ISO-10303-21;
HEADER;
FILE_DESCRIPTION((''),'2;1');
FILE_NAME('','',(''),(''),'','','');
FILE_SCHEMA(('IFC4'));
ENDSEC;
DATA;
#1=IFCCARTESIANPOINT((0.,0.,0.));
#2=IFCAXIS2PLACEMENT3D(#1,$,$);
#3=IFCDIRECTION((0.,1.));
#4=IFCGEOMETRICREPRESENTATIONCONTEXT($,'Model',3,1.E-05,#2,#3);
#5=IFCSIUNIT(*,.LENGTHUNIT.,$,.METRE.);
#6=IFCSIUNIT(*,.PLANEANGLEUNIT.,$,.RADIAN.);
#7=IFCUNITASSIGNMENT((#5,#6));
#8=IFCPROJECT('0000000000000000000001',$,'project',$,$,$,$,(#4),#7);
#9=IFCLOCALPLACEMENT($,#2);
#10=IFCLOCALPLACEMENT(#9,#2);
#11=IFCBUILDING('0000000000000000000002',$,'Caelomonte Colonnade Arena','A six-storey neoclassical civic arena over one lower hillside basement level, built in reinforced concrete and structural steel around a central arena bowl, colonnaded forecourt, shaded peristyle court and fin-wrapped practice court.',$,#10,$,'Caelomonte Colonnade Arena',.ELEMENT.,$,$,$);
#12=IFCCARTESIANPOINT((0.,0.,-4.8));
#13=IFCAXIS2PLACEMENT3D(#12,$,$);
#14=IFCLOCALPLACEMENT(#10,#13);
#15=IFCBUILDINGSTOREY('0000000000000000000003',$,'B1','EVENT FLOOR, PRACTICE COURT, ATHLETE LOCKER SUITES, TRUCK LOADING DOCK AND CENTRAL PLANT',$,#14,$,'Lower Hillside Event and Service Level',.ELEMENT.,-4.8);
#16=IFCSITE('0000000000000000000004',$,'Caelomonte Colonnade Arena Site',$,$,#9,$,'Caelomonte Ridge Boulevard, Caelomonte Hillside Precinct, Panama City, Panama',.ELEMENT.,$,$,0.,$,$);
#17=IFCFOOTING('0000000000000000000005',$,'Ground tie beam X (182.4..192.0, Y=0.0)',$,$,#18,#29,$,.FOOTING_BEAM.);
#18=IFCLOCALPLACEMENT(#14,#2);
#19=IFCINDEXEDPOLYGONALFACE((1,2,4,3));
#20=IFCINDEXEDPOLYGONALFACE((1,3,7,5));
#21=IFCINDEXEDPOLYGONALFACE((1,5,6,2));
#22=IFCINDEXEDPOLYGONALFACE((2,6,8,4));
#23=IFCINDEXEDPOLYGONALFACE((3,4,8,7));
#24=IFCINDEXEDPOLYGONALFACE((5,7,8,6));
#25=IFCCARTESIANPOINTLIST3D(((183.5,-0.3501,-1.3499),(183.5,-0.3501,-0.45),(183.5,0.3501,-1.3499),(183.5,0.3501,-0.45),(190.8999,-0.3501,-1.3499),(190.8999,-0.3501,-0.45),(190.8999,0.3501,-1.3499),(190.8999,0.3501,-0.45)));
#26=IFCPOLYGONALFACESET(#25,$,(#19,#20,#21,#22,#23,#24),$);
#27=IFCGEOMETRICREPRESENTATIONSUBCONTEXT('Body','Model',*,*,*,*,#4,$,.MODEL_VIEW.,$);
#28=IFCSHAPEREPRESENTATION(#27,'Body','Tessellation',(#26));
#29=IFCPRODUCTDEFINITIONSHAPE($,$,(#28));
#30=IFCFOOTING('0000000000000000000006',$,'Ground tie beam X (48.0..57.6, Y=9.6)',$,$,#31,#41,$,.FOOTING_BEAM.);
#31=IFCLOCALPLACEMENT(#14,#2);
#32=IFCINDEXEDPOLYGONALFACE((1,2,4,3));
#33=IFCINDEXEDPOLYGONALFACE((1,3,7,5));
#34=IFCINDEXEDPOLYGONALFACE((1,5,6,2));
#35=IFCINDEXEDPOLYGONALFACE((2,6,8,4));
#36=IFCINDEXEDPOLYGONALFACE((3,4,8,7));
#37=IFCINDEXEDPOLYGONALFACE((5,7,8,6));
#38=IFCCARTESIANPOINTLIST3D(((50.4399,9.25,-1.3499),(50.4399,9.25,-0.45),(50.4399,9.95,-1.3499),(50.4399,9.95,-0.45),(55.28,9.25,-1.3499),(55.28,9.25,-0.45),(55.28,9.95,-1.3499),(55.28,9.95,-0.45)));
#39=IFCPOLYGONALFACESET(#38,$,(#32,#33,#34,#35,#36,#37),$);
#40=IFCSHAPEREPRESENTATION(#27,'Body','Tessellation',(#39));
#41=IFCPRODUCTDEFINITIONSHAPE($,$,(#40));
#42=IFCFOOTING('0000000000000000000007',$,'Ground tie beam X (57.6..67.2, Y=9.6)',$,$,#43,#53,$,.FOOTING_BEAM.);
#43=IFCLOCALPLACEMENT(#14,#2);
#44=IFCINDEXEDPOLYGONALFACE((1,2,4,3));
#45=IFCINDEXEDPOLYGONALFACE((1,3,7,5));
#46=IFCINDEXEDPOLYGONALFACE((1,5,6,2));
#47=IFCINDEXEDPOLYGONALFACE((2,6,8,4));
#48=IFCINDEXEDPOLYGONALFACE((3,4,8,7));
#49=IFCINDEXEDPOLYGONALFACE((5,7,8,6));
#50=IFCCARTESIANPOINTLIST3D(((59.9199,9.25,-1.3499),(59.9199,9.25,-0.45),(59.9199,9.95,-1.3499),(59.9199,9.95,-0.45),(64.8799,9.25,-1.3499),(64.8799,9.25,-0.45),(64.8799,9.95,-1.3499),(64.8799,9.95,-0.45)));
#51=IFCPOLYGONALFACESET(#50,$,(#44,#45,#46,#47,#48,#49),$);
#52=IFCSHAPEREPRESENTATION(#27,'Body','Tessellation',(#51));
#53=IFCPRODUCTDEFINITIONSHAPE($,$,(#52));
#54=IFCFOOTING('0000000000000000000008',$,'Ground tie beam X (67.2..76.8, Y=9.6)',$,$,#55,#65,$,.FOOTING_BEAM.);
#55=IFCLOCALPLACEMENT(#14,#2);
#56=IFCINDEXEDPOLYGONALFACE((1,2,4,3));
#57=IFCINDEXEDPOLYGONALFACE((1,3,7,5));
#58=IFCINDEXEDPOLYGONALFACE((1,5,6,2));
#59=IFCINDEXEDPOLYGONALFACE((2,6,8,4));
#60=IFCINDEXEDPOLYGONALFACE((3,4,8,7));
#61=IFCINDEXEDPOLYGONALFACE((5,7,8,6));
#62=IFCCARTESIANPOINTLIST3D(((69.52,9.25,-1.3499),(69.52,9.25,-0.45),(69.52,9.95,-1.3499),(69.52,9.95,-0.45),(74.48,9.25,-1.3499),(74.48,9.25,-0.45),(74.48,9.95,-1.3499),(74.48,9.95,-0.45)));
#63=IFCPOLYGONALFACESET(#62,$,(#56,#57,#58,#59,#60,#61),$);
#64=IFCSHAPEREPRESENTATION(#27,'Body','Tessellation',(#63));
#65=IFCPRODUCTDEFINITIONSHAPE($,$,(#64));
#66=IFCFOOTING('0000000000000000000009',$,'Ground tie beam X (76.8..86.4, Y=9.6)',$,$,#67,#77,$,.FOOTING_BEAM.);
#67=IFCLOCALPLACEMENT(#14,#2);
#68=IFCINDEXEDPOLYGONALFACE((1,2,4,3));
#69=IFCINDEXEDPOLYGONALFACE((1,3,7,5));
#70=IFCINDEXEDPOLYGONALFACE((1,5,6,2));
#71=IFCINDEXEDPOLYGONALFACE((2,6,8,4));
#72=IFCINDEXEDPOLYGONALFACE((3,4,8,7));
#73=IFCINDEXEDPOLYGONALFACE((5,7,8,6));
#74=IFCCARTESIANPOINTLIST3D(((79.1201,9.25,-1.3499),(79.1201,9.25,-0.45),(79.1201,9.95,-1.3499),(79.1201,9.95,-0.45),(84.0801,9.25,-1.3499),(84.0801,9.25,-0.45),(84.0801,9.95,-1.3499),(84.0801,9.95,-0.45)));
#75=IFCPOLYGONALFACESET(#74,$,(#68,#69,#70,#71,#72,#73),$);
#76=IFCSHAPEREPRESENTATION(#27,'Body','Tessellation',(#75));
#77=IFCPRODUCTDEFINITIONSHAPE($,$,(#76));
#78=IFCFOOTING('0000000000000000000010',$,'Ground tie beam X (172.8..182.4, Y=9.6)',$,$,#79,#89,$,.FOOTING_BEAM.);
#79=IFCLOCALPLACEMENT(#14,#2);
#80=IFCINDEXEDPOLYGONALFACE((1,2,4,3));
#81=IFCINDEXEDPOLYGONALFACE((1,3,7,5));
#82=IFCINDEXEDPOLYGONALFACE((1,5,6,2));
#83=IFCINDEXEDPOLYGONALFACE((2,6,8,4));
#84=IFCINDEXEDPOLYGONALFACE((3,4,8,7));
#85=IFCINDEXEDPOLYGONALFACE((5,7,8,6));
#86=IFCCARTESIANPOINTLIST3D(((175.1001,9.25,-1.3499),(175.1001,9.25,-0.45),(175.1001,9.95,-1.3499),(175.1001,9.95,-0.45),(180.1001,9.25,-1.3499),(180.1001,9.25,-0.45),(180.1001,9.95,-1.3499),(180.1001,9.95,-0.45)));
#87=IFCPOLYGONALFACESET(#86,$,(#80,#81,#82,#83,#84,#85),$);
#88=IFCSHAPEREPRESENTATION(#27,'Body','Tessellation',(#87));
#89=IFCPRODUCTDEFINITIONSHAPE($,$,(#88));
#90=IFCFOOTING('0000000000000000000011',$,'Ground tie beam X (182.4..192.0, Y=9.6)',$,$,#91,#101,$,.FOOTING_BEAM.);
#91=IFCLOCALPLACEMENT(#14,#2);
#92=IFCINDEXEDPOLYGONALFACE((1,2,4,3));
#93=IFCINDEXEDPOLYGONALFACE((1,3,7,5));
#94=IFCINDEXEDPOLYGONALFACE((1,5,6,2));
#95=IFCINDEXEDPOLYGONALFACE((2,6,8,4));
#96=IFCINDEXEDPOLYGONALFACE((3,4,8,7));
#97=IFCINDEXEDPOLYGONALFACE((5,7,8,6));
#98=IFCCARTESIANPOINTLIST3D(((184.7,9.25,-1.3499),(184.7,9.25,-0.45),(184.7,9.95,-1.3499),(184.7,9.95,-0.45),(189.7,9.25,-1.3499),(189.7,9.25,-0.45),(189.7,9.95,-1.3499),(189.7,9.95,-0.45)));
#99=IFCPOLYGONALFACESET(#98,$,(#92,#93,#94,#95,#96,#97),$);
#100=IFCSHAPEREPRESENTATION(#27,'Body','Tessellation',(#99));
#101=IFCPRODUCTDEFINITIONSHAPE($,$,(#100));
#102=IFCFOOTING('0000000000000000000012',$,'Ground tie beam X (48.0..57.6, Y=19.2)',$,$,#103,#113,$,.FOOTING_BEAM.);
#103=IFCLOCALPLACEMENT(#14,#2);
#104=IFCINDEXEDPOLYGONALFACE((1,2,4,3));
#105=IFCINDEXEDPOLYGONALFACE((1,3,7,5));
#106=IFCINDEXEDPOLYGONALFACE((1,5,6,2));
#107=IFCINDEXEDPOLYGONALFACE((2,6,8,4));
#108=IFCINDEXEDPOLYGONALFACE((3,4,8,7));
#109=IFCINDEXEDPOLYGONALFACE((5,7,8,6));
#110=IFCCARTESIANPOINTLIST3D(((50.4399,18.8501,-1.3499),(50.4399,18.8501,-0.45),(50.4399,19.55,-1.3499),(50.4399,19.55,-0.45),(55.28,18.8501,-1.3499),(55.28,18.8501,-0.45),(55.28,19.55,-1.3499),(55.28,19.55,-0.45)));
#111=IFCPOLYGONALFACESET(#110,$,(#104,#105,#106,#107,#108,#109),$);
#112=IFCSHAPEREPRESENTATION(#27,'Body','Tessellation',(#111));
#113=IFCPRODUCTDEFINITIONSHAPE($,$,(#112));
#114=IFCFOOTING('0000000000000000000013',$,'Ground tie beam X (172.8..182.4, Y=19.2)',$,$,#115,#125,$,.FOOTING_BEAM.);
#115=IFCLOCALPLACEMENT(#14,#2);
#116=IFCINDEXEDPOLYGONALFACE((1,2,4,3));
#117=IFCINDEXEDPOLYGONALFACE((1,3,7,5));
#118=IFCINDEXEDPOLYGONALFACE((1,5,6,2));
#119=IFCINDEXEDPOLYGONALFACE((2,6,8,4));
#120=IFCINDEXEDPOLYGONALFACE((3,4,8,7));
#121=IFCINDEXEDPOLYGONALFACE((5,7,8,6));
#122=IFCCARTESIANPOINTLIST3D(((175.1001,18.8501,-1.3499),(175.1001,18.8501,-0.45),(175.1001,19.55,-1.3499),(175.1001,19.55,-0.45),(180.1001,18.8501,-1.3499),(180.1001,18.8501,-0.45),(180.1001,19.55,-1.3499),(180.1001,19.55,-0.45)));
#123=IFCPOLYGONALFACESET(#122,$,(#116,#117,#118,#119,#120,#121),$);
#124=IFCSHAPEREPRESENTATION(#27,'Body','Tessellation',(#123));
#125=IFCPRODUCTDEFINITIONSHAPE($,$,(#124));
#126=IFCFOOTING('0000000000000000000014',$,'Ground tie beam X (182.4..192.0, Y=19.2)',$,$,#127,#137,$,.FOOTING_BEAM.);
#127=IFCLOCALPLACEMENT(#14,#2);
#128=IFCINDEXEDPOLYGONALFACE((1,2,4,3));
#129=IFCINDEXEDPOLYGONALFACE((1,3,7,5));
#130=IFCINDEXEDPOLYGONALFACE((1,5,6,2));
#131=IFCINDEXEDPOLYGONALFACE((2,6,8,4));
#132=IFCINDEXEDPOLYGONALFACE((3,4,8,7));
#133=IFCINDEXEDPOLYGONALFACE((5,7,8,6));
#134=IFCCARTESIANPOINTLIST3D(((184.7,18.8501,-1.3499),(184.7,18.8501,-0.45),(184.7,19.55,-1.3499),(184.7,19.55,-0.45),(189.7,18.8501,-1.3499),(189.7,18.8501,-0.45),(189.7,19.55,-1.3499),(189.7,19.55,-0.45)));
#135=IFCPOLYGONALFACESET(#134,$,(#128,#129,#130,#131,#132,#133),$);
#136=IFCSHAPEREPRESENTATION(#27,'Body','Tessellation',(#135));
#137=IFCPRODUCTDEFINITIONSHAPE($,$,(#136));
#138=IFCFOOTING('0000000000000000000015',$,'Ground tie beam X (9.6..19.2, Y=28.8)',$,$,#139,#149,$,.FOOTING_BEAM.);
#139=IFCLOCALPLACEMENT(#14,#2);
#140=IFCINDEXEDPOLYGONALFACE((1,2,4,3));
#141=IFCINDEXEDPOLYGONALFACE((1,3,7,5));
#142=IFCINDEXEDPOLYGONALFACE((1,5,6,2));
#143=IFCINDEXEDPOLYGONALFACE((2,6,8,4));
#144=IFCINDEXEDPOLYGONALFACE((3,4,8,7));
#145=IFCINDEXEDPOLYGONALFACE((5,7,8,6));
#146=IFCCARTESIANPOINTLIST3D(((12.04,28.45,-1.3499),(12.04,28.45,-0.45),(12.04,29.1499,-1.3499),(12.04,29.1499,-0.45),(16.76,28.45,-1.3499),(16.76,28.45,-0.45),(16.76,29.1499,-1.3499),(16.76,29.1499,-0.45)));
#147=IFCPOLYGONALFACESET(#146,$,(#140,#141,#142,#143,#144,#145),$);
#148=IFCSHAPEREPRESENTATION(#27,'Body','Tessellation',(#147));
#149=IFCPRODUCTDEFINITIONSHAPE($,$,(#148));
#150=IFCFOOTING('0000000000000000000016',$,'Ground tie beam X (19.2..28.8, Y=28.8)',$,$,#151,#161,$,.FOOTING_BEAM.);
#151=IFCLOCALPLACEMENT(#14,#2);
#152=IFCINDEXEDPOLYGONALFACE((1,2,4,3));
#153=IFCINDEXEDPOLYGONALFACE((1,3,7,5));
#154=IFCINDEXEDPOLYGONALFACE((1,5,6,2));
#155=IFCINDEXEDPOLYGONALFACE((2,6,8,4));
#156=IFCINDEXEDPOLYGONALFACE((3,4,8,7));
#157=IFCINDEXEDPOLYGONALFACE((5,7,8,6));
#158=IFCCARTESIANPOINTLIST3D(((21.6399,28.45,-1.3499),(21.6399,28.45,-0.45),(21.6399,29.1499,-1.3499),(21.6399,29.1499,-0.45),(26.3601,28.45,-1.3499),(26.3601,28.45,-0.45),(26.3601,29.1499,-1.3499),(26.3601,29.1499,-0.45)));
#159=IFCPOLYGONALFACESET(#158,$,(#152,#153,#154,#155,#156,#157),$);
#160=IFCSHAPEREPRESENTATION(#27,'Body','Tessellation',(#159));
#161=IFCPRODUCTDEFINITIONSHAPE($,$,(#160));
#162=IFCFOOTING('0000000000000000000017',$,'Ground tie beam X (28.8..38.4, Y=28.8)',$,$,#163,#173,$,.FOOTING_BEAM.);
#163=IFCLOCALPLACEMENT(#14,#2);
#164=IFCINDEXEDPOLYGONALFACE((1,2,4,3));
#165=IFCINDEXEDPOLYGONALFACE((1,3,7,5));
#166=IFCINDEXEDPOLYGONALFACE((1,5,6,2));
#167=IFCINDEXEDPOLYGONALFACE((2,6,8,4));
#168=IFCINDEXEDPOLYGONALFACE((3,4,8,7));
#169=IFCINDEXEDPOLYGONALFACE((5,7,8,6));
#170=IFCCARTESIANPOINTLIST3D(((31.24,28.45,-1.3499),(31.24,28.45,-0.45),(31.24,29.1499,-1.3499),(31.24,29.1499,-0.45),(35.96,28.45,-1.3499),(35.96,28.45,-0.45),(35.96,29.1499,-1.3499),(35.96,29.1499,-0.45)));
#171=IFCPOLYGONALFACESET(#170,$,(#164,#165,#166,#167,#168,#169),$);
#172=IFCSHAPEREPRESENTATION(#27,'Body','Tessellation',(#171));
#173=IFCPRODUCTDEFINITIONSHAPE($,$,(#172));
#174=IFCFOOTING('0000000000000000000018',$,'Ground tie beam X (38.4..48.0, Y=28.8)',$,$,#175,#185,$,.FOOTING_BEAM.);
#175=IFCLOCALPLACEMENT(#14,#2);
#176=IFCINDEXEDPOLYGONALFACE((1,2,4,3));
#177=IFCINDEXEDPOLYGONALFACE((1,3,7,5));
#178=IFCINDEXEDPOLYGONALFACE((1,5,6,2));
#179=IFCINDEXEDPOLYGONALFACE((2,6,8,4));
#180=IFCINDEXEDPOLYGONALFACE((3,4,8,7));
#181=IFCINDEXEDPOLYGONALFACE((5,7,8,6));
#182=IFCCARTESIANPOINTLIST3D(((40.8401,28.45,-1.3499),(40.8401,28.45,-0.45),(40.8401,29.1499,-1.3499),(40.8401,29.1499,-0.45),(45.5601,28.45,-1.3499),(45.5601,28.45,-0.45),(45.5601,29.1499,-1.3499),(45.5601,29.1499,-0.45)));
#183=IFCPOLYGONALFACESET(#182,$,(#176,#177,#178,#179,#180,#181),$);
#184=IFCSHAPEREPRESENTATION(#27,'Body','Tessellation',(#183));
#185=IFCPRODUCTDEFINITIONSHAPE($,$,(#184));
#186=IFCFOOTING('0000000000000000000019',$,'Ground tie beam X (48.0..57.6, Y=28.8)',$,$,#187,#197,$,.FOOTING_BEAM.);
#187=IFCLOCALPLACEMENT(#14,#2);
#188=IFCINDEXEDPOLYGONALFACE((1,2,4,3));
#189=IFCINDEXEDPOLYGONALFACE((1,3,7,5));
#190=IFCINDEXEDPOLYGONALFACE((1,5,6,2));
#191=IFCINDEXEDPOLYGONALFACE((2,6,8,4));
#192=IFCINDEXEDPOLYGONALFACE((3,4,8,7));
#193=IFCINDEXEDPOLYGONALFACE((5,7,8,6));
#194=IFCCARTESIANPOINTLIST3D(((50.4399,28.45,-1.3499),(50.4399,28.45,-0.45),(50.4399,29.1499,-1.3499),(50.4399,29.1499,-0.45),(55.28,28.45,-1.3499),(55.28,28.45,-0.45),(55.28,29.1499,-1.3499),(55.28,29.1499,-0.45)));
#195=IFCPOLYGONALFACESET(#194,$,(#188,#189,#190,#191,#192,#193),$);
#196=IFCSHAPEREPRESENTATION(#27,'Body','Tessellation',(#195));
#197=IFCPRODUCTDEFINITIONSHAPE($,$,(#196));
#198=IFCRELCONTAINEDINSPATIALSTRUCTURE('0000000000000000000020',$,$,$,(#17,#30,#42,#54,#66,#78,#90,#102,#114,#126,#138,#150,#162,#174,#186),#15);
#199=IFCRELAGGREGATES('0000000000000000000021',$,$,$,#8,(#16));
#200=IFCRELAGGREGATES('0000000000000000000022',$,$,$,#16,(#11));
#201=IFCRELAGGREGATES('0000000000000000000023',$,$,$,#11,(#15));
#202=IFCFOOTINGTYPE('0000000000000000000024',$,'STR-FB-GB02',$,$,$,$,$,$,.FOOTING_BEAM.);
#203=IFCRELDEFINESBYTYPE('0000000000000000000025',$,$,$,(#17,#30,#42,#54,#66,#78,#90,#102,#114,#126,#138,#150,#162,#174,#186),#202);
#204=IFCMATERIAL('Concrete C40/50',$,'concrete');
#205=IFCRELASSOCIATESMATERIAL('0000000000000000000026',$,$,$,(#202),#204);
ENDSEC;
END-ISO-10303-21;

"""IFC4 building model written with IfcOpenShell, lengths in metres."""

from ifc_helpers import new_model, si_unit, direction, frame, origin, place, context, subcontext, project, spatial, polyline, outline, extrude, material, type_object, element, save


model = new_model("IFC4")

# Units and contexts
model_context = context("Model", 3, precision=1e-05, world=origin(), true_north=direction((0.0, 1.0)))
body_context = subcontext(model_context, "Body", "Model", "MODEL_VIEW")
ifc_project = project(units=[si_unit("LENGTHUNIT", "METRE"), si_unit("PLANEANGLEUNIT", "RADIAN")], contexts=[model_context])

# Site, building, storey
site_placement = place(None, origin())
site = spatial("IfcSite", under=ifc_project, at=site_placement, Name="Caelomonte Colonnade Arena Site", LongName="Caelomonte Ridge Boulevard, Caelomonte Hillside Precinct, Panama City, Panama", CompositionType="ELEMENT", RefElevation=0.0)
building_placement = place(site_placement, origin())
building = spatial("IfcBuilding", under=site, at=building_placement, Name="Caelomonte Colonnade Arena", Description="A six-storey neoclassical civic arena over one lower hillside basement level, built in reinforced concrete and structural steel around a central arena bowl, colonnaded forecourt, shaded peristyle court and fin-wrapped practice court.", LongName="Caelomonte Colonnade Arena", CompositionType="ELEMENT")
storey_placement = place(building_placement, frame((0.0, 0.0, -4.8)))
storey = spatial("IfcBuildingStorey", under=building, at=storey_placement, Name="B1", Description="EVENT FLOOR, PRACTICE COURT, ATHLETE LOCKER SUITES, TRUCK LOADING DOCK AND CENTRAL PLANT", LongName="Lower Hillside Event and Service Level", CompositionType="ELEMENT", Elevation=-4.8)

# Footings
ifc_material = material(Name="Concrete C40/50", Category="concrete")
footing_type = type_object("IfcFootingType", Name="STR-FB-GB02", PredefinedType="FOOTING_BEAM", material=ifc_material)
footing_1_placement = place(storey_placement, frame((0.0, 0.0, -1.3499)))
element("IfcFooting", 1, at=footing_1_placement, inside=storey, type_object=footing_type, Name="Ground tie beam X (182.4..192.0, Y=0.0)", PredefinedType="FOOTING_BEAM", context=body_context, shape_type="SweptSolid", body=[
    extrude(outline(polyline([(183.5, -0.3501), (190.8999, -0.3501), (190.8999, 0.3501), (183.5, 0.3501), (183.5, -0.3501)])), origin(), (0.0, 0.0, 1.0), 0.8999),
])
footing_2_placement = place(storey_placement, frame((0.0, 0.0, -1.3499)))
element("IfcFooting", 2, at=footing_2_placement, inside=storey, type_object=footing_type, Name="Ground tie beam X (48.0..57.6, Y=9.6)", PredefinedType="FOOTING_BEAM", context=body_context, shape_type="SweptSolid", body=[
    extrude(outline(polyline([(50.4399, 9.25), (55.28, 9.25), (55.28, 9.95), (50.4399, 9.95), (50.4399, 9.25)])), origin(), (0.0, 0.0, 1.0), 0.8999),
])
footing_3_placement = place(storey_placement, frame((0.0, 0.0, -1.3499)))
element("IfcFooting", 3, at=footing_3_placement, inside=storey, type_object=footing_type, Name="Ground tie beam X (57.6..67.2, Y=9.6)", PredefinedType="FOOTING_BEAM", context=body_context, shape_type="SweptSolid", body=[
    extrude(outline(polyline([(59.9199, 9.25), (64.8799, 9.25), (64.8799, 9.95), (59.9199, 9.95), (59.9199, 9.25)])), origin(), (0.0, 0.0, 1.0), 0.8999),
])
footing_4_placement = place(storey_placement, frame((0.0, 0.0, -1.3499)))
element("IfcFooting", 4, at=footing_4_placement, inside=storey, type_object=footing_type, Name="Ground tie beam X (67.2..76.8, Y=9.6)", PredefinedType="FOOTING_BEAM", context=body_context, shape_type="SweptSolid", body=[
    extrude(outline(polyline([(69.52, 9.25), (74.48, 9.25), (74.48, 9.95), (69.52, 9.95), (69.52, 9.25)])), origin(), (0.0, 0.0, 1.0), 0.8999),
])
footing_5_placement = place(storey_placement, frame((0.0, 0.0, -1.3499)))
element("IfcFooting", 5, at=footing_5_placement, inside=storey, type_object=footing_type, Name="Ground tie beam X (76.8..86.4, Y=9.6)", PredefinedType="FOOTING_BEAM", context=body_context, shape_type="SweptSolid", body=[
    extrude(outline(polyline([(79.1201, 9.25), (84.0801, 9.25), (84.0801, 9.95), (79.1201, 9.95), (79.1201, 9.25)])), origin(), (0.0, 0.0, 1.0), 0.8999),
])
footing_6_placement = place(storey_placement, frame((0.0, 0.0, -1.3499)))
element("IfcFooting", 6, at=footing_6_placement, inside=storey, type_object=footing_type, Name="Ground tie beam X (172.8..182.4, Y=9.6)", PredefinedType="FOOTING_BEAM", context=body_context, shape_type="SweptSolid", body=[
    extrude(outline(polyline([(175.1001, 9.25), (180.1001, 9.25), (180.1001, 9.95), (175.1001, 9.95), (175.1001, 9.25)])), origin(), (0.0, 0.0, 1.0), 0.8999),
])
footing_7_placement = place(storey_placement, frame((0.0, 0.0, -1.3499)))
element("IfcFooting", 7, at=footing_7_placement, inside=storey, type_object=footing_type, Name="Ground tie beam X (182.4..192.0, Y=9.6)", PredefinedType="FOOTING_BEAM", context=body_context, shape_type="SweptSolid", body=[
    extrude(outline(polyline([(184.7, 9.25), (189.7, 9.25), (189.7, 9.95), (184.7, 9.95), (184.7, 9.25)])), origin(), (0.0, 0.0, 1.0), 0.8999),
])
footing_8_placement = place(storey_placement, frame((0.0, 0.0, -1.3499)))
element("IfcFooting", 8, at=footing_8_placement, inside=storey, type_object=footing_type, Name="Ground tie beam X (48.0..57.6, Y=19.2)", PredefinedType="FOOTING_BEAM", context=body_context, shape_type="SweptSolid", body=[
    extrude(outline(polyline([(50.4399, 18.8501), (55.28, 18.8501), (55.28, 19.55), (50.4399, 19.55), (50.4399, 18.8501)])), origin(), (0.0, 0.0, 1.0), 0.8999),
])
footing_9_placement = place(storey_placement, frame((0.0, 0.0, -1.3499)))
element("IfcFooting", 9, at=footing_9_placement, inside=storey, type_object=footing_type, Name="Ground tie beam X (172.8..182.4, Y=19.2)", PredefinedType="FOOTING_BEAM", context=body_context, shape_type="SweptSolid", body=[
    extrude(outline(polyline([(175.1001, 18.8501), (180.1001, 18.8501), (180.1001, 19.55), (175.1001, 19.55), (175.1001, 18.8501)])), origin(), (0.0, 0.0, 1.0), 0.8999),
])
footing_10_placement = place(storey_placement, frame((0.0, 0.0, -1.3499)))
element("IfcFooting", 10, at=footing_10_placement, inside=storey, type_object=footing_type, Name="Ground tie beam X (182.4..192.0, Y=19.2)", PredefinedType="FOOTING_BEAM", context=body_context, shape_type="SweptSolid", body=[
    extrude(outline(polyline([(184.7, 18.8501), (189.7, 18.8501), (189.7, 19.55), (184.7, 19.55), (184.7, 18.8501)])), origin(), (0.0, 0.0, 1.0), 0.8999),
])
footing_11_placement = place(storey_placement, frame((0.0, 0.0, -1.3499)))
element("IfcFooting", 11, at=footing_11_placement, inside=storey, type_object=footing_type, Name="Ground tie beam X (9.6..19.2, Y=28.8)", PredefinedType="FOOTING_BEAM", context=body_context, shape_type="SweptSolid", body=[
    extrude(outline(polyline([(12.04, 28.45), (16.76, 28.45), (16.76, 29.1499), (12.04, 29.1499), (12.04, 28.45)])), origin(), (0.0, 0.0, 1.0), 0.8999),
])
footing_12_placement = place(storey_placement, frame((0.0, 0.0, -1.3499)))
element("IfcFooting", 12, at=footing_12_placement, inside=storey, type_object=footing_type, Name="Ground tie beam X (19.2..28.8, Y=28.8)", PredefinedType="FOOTING_BEAM", context=body_context, shape_type="SweptSolid", body=[
    extrude(outline(polyline([(21.6399, 28.45), (26.3601, 28.45), (26.3601, 29.1499), (21.6399, 29.1499), (21.6399, 28.45)])), origin(), (0.0, 0.0, 1.0), 0.8999),
])
footing_13_placement = place(storey_placement, frame((0.0, 0.0, -1.3499)))
element("IfcFooting", 13, at=footing_13_placement, inside=storey, type_object=footing_type, Name="Ground tie beam X (28.8..38.4, Y=28.8)", PredefinedType="FOOTING_BEAM", context=body_context, shape_type="SweptSolid", body=[
    extrude(outline(polyline([(31.24, 28.45), (35.96, 28.45), (35.96, 29.1499), (31.24, 29.1499), (31.24, 28.45)])), origin(), (0.0, 0.0, 1.0), 0.8999),
])
footing_14_placement = place(storey_placement, frame((0.0, 0.0, -1.3499)))
element("IfcFooting", 14, at=footing_14_placement, inside=storey, type_object=footing_type, Name="Ground tie beam X (38.4..48.0, Y=28.8)", PredefinedType="FOOTING_BEAM", context=body_context, shape_type="SweptSolid", body=[
    extrude(outline(polyline([(40.8401, 28.45), (45.5601, 28.45), (45.5601, 29.1499), (40.8401, 29.1499), (40.8401, 28.45)])), origin(), (0.0, 0.0, 1.0), 0.8999),
])
footing_15_placement = place(storey_placement, frame((0.0, 0.0, -1.3499)))
element("IfcFooting", 15, at=footing_15_placement, inside=storey, type_object=footing_type, Name="Ground tie beam X (48.0..57.6, Y=28.8)", PredefinedType="FOOTING_BEAM", context=body_context, shape_type="SweptSolid", body=[
    extrude(outline(polyline([(50.4399, 28.45), (55.28, 28.45), (55.28, 29.1499), (50.4399, 29.1499), (50.4399, 28.45)])), origin(), (0.0, 0.0, 1.0), 0.8999),
])

save(model, "model.ifc")
